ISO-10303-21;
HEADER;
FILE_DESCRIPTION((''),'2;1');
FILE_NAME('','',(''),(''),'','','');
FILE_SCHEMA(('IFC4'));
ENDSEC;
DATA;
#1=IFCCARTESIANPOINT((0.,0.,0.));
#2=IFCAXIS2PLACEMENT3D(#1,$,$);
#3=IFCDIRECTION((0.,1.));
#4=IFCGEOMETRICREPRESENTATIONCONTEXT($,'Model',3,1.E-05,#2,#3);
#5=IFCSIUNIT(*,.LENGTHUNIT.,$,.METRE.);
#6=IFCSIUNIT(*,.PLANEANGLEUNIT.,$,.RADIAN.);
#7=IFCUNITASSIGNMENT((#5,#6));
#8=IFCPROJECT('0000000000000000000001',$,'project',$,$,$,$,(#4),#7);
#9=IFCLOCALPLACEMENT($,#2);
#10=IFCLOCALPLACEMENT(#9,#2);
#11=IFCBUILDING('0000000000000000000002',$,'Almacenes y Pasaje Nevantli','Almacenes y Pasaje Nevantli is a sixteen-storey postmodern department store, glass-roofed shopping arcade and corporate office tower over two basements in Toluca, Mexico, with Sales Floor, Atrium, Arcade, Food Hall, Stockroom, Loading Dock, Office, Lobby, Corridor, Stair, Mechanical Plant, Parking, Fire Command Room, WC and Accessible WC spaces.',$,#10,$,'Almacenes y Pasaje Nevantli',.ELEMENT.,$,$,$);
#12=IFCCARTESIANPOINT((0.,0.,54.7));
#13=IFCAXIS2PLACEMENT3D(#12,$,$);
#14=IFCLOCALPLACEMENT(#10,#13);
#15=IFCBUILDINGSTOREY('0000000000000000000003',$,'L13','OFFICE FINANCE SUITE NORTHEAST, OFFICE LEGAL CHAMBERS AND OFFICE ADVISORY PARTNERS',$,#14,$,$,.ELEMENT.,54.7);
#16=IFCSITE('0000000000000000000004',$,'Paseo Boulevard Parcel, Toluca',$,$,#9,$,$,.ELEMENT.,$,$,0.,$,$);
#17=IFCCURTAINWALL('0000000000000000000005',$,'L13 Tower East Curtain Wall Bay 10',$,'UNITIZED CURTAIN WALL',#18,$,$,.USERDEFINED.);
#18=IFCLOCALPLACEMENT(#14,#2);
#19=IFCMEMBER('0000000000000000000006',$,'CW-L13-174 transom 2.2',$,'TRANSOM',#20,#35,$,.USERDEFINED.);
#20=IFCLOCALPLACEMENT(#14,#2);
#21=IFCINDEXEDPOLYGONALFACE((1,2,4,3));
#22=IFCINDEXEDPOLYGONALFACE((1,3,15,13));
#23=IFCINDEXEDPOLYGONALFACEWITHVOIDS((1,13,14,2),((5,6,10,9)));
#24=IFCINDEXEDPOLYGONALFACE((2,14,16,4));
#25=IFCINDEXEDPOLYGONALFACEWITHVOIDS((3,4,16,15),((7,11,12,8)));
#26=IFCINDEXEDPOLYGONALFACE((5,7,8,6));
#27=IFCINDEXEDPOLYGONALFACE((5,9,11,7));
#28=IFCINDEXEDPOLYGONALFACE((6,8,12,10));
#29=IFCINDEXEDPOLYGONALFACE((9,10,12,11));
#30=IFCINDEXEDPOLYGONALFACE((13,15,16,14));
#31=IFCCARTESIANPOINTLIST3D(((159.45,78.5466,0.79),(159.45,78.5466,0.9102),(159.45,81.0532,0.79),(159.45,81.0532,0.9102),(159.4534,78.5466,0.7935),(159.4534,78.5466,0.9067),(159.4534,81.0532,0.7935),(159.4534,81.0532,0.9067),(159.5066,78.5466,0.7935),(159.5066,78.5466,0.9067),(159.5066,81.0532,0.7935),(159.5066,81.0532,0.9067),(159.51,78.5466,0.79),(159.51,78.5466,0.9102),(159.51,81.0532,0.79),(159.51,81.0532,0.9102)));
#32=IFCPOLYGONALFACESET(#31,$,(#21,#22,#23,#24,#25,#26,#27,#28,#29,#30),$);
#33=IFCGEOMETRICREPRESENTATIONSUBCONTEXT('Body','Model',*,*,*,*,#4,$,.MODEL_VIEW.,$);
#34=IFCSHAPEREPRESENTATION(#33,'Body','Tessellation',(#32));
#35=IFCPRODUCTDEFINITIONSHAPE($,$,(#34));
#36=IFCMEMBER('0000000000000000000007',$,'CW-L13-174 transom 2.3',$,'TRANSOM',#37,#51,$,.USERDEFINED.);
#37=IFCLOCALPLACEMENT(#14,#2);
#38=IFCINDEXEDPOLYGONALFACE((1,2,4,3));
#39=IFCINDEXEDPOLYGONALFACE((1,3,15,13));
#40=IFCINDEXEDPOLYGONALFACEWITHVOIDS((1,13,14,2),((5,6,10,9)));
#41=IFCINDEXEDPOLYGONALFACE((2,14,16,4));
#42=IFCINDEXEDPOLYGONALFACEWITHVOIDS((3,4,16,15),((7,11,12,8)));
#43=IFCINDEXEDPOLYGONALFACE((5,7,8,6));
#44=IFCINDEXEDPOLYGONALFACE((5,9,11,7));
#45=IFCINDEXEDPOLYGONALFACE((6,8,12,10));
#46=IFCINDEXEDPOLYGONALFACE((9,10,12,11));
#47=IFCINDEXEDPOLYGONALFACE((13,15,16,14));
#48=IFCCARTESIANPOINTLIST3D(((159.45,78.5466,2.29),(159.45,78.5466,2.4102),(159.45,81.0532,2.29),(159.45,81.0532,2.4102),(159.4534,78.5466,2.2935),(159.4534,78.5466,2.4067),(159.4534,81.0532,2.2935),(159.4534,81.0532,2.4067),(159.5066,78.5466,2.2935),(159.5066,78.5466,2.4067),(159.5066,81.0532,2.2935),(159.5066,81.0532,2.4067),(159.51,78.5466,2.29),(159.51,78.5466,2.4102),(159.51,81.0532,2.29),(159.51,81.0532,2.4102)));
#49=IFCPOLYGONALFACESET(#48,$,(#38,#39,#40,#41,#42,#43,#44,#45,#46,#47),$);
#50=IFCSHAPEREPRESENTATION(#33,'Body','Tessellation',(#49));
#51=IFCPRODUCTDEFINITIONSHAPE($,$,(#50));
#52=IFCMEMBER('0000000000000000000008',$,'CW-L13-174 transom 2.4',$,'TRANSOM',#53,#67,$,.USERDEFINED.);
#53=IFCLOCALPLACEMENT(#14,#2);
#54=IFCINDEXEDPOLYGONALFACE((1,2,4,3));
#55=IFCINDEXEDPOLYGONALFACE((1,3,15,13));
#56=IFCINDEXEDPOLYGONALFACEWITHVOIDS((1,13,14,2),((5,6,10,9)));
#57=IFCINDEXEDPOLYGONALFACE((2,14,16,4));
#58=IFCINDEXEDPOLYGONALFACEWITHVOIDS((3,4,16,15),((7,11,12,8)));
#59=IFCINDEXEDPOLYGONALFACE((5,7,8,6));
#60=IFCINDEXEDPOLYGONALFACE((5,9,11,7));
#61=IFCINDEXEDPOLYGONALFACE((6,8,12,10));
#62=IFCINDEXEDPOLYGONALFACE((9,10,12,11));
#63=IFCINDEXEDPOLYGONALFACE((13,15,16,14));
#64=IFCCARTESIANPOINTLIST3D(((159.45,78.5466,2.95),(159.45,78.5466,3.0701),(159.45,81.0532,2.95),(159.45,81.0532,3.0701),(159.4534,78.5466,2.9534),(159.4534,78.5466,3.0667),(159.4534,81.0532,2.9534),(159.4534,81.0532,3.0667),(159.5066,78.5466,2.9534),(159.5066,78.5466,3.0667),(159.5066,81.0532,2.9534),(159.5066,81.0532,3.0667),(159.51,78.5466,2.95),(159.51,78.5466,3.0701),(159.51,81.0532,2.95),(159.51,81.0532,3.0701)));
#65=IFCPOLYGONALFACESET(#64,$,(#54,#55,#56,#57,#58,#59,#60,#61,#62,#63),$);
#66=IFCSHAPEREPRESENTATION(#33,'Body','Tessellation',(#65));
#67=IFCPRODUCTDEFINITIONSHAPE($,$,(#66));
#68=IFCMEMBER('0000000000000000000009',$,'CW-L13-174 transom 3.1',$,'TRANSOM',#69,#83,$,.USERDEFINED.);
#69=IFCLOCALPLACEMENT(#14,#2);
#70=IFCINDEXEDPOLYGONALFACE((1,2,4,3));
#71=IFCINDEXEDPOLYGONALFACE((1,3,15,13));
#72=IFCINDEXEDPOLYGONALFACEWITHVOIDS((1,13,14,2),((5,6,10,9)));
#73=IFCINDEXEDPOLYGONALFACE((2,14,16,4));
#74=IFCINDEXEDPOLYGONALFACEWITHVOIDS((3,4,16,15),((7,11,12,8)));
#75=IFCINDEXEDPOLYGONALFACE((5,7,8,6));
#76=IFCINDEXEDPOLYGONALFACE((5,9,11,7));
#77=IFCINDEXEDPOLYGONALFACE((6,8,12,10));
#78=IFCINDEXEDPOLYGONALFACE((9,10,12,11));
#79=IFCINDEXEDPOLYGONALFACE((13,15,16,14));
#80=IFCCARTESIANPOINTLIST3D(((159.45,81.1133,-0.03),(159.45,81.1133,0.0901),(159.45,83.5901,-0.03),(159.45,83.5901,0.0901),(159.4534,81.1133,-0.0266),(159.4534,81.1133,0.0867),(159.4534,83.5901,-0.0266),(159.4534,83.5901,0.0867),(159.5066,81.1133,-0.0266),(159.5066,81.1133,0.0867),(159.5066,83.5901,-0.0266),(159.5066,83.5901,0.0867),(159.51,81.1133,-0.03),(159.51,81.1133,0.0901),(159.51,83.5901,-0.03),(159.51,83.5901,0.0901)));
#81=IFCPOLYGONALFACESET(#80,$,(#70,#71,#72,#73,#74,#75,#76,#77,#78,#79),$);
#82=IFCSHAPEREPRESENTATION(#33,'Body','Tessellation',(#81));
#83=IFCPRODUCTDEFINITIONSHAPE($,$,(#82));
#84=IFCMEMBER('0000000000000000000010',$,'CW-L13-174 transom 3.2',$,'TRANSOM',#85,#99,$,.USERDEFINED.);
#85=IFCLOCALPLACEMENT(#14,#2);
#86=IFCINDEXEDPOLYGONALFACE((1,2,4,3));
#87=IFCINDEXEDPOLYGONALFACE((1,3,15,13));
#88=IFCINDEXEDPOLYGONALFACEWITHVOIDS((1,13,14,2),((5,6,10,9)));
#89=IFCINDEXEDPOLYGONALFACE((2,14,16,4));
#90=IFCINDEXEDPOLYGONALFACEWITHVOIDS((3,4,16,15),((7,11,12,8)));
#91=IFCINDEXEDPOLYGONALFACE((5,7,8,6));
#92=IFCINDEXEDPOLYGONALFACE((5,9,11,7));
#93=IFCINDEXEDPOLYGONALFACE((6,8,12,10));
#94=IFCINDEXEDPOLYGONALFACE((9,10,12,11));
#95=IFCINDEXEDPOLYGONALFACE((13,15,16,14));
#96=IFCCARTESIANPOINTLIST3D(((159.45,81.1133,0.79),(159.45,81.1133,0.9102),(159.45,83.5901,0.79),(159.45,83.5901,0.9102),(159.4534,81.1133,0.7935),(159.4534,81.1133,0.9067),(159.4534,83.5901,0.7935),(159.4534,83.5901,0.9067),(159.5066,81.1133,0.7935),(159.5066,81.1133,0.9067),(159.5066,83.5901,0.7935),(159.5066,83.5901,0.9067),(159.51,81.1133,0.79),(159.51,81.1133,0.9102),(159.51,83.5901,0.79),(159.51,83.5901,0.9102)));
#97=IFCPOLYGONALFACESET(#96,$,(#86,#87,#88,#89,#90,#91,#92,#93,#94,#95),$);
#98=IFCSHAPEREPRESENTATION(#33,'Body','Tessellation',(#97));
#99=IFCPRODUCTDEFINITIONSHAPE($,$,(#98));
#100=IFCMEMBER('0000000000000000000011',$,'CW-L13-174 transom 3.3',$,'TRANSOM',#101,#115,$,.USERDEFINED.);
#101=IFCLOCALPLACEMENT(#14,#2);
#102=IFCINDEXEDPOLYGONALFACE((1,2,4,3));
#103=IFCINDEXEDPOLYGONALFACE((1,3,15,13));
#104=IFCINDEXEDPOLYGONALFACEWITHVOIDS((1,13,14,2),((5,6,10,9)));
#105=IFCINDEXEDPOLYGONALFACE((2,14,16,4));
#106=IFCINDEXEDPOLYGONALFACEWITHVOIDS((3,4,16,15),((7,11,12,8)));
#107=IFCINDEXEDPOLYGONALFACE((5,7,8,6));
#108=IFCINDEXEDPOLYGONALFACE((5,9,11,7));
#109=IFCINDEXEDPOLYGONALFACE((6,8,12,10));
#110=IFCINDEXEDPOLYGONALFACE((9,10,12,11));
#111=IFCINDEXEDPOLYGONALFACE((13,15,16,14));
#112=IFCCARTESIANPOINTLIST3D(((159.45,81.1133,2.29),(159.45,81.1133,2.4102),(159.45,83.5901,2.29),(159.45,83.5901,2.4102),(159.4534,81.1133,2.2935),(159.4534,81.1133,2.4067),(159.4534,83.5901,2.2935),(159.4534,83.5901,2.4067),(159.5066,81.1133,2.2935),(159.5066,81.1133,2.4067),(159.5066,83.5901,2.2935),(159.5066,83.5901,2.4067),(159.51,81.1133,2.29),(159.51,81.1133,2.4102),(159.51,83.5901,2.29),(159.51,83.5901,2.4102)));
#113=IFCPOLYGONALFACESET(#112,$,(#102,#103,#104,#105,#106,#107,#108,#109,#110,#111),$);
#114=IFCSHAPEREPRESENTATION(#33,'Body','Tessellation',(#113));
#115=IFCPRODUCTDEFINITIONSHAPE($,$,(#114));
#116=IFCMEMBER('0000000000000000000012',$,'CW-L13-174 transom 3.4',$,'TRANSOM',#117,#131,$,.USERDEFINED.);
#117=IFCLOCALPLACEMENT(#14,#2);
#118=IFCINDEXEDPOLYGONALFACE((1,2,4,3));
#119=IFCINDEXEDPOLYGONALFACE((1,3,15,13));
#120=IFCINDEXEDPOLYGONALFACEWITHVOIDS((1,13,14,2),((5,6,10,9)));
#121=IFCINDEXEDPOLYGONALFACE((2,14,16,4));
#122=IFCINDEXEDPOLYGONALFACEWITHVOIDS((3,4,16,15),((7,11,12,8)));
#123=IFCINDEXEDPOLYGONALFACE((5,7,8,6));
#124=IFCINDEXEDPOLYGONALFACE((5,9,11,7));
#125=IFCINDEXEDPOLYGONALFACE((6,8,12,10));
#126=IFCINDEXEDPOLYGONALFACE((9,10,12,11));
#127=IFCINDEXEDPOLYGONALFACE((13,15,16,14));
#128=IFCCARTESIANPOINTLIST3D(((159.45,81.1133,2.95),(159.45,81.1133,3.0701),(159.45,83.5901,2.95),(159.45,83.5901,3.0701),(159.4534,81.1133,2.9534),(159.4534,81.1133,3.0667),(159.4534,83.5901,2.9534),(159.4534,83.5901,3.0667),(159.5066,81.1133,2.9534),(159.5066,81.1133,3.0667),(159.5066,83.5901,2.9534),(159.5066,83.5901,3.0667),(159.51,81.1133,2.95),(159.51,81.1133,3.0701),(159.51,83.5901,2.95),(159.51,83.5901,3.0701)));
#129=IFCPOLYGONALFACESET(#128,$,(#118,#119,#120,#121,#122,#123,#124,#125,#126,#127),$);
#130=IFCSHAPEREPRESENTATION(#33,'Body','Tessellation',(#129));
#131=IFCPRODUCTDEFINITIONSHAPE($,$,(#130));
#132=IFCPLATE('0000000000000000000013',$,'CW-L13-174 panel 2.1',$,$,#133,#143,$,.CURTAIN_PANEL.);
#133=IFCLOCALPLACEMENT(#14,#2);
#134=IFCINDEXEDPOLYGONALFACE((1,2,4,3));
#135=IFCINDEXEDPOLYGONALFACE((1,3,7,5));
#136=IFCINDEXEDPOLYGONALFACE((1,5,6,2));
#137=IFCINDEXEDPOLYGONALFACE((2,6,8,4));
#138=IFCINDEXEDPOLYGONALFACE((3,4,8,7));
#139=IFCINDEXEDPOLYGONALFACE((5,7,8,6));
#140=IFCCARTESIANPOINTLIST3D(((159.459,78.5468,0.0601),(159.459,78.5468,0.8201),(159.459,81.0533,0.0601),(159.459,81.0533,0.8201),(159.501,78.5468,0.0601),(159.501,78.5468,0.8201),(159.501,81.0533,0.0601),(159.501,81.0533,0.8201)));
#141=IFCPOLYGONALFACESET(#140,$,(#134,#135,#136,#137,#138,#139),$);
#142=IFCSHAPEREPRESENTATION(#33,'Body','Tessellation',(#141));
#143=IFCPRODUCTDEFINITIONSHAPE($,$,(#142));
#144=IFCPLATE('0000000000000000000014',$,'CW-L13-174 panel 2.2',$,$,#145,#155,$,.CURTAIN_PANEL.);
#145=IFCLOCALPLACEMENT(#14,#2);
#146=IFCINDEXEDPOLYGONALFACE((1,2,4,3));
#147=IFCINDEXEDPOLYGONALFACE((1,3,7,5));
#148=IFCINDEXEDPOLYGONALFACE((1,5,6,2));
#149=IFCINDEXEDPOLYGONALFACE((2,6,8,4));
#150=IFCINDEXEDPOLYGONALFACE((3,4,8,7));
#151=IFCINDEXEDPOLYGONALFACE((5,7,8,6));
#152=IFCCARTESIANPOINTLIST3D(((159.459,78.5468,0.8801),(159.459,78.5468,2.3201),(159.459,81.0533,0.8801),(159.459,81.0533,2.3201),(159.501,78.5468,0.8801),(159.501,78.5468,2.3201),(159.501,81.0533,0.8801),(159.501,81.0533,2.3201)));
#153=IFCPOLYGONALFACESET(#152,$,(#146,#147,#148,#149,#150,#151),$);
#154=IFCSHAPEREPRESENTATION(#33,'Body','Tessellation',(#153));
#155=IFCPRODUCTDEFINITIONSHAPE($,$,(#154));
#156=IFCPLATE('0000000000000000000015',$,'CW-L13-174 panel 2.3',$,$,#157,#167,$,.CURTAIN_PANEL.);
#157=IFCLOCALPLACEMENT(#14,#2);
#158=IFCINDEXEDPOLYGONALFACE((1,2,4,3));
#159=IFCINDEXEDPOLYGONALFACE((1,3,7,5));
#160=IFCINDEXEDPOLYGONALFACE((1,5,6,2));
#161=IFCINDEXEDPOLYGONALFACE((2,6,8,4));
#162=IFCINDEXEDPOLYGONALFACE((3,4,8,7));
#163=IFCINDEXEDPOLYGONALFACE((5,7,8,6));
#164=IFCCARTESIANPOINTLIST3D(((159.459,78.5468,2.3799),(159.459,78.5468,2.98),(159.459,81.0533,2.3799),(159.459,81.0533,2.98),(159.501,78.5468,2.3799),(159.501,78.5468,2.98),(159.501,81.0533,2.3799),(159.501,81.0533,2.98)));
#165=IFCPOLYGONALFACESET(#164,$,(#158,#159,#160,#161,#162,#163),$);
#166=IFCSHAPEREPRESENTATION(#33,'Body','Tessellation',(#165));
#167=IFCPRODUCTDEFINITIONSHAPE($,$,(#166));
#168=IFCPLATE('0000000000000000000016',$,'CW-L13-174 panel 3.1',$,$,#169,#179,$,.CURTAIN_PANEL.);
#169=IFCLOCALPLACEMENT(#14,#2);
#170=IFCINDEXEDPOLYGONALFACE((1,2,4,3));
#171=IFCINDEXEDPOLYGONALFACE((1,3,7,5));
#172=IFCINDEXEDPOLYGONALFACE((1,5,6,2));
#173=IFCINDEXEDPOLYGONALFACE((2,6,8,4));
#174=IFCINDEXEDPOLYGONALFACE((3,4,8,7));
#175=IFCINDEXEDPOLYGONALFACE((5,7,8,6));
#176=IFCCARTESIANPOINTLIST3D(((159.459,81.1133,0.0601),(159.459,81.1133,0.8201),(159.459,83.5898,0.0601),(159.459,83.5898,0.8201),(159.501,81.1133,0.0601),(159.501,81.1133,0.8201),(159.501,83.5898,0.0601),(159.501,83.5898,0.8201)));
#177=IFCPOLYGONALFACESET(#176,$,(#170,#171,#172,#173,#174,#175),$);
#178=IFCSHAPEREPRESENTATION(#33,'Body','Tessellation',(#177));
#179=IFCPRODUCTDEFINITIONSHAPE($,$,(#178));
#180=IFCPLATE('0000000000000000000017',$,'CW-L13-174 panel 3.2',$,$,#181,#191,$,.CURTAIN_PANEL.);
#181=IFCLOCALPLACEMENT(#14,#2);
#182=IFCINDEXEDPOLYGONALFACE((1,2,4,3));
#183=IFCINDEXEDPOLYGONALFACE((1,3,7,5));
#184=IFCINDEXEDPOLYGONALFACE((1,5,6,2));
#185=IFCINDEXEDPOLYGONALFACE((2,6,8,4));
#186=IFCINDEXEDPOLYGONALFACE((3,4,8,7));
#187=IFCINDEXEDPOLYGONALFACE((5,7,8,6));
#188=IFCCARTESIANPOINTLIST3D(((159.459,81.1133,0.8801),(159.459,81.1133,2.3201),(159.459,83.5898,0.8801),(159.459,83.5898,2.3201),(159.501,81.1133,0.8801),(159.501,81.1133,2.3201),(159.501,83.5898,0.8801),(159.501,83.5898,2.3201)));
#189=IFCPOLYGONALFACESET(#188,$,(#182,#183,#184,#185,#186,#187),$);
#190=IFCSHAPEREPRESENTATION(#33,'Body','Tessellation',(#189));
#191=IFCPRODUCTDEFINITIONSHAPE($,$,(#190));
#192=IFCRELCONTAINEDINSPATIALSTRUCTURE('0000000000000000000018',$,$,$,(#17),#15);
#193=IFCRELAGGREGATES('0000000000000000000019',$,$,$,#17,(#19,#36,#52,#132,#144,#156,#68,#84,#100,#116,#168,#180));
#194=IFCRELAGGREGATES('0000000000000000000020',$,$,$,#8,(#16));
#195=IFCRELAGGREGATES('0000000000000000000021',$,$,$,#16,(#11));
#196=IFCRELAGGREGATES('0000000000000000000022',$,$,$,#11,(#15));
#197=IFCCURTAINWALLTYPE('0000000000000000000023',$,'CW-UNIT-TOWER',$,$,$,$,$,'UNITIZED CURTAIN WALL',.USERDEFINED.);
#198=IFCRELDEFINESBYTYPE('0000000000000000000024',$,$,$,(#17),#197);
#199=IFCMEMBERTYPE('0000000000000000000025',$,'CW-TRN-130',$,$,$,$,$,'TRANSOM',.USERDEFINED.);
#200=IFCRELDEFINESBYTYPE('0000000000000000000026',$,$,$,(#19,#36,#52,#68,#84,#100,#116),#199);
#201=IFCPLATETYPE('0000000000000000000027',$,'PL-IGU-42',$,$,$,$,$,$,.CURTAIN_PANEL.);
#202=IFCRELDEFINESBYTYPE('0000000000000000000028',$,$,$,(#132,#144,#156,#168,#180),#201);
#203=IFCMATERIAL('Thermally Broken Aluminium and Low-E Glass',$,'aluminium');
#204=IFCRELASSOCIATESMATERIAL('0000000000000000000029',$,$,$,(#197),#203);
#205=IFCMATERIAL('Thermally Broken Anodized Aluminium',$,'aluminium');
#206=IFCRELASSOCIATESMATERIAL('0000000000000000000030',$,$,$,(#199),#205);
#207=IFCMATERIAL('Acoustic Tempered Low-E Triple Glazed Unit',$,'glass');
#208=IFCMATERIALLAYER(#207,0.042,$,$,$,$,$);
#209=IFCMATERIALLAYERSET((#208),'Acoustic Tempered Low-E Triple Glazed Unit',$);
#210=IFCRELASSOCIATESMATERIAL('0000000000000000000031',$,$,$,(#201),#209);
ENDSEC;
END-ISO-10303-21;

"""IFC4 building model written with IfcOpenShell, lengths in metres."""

from ifc_helpers import new_model, si_unit, direction, frame, origin, origin_2d, place, context, subcontext, project, spatial, rectangle, hollow_rectangle, extrude, material, layer, layer_set, material_profile, profile_set, type_object, element, aggregate, save


model = new_model("IFC4")

# Units and contexts
model_context = context("Model", 3, precision=1e-05, world=origin(), true_north=direction((0.0, 1.0)))
body_context = subcontext(model_context, "Body", "Model", "MODEL_VIEW")
ifc_project = project(units=[si_unit("LENGTHUNIT", "METRE"), si_unit("PLANEANGLEUNIT", "RADIAN")], contexts=[model_context])

# Site, building, storey
site_placement = place(None, origin())
site = spatial("IfcSite", under=ifc_project, at=site_placement, Name="Paseo Boulevard Parcel, Toluca", CompositionType="ELEMENT", RefElevation=0.0)
building_placement = place(site_placement, origin())
building = spatial("IfcBuilding", under=site, at=building_placement, Name="Almacenes y Pasaje Nevantli", Description="Almacenes y Pasaje Nevantli is a sixteen-storey postmodern department store, glass-roofed shopping arcade and corporate office tower over two basements in Toluca, Mexico, with Sales Floor, Atrium, Arcade, Food Hall, Stockroom, Loading Dock, Office, Lobby, Corridor, Stair, Mechanical Plant, Parking, Fire Command Room, WC and Accessible WC spaces.", LongName="Almacenes y Pasaje Nevantli", CompositionType="ELEMENT")
storey_placement = place(building_placement, frame((0.0, 0.0, 54.7)))
storey = spatial("IfcBuildingStorey", under=building, at=storey_placement, Name="L13", Description="OFFICE FINANCE SUITE NORTHEAST, OFFICE LEGAL CHAMBERS AND OFFICE ADVISORY PARTNERS", CompositionType="ELEMENT", Elevation=54.7)

# Curtain wall, members, plates
ifc_material_1 = material(Name="Thermally Broken Aluminium and Low-E Glass", Category="aluminium")
curtain_wall_type = type_object("IfcCurtainWallType", Name="CW-UNIT-TOWER", ElementType="UNITIZED CURTAIN WALL", PredefinedType="USERDEFINED", material=ifc_material_1)
curtain_wall_placement = place(storey_placement, origin())
curtain_wall = element("IfcCurtainWall", 1, at=curtain_wall_placement, inside=storey, type_object=curtain_wall_type, Name="L13 Tower East Curtain Wall Bay 10", ObjectType="UNITIZED CURTAIN WALL", PredefinedType="USERDEFINED")
ifc_material_2 = material(Name="Thermally Broken Anodized Aluminium", Category="aluminium")
ifc_material_profile_1 = material_profile(ifc_material_2, hollow_rectangle(XDim=0.0601, YDim=0.1201, WallThickness=0.0034, at=origin_2d()), Name="ALU-TRN-60x120")
ifc_profile_set_1 = profile_set([ifc_material_profile_1], Name="Thermally Broken Anodized Aluminium")
member_type_1 = type_object("IfcMemberType", Name="CW-TRN-130", ElementType="TRANSOM", PredefinedType="USERDEFINED", material=ifc_profile_set_1)
member_1_placement = place(storey_placement, frame((159.48, 78.5466, 0.8501), z_axis=(0.0, 1.0, 0.0), x_axis=(-1.0, 0.0, 0.0)))
member_1 = element("IfcMember", 2, at=member_1_placement, type_object=member_type_1, Name="CW-L13-174 transom 2.2", ObjectType="TRANSOM", PredefinedType="USERDEFINED", context=body_context, shape_type="SweptSolid", body=[
    extrude(hollow_rectangle(XDim=0.0601, YDim=0.1201, WallThickness=0.0034, at=origin_2d()), origin(), (0.0, 0.0, 1.0), 2.5066),
])
member_2_placement = place(storey_placement, frame((159.48, 78.5466, 2.3501), z_axis=(0.0, 1.0, 0.0), x_axis=(-1.0, 0.0, 0.0)))
member_2 = element("IfcMember", 3, at=member_2_placement, type_object=member_type_1, Name="CW-L13-174 transom 2.3", ObjectType="TRANSOM", PredefinedType="USERDEFINED", context=body_context, shape_type="SweptSolid", body=[
    extrude(hollow_rectangle(XDim=0.0601, YDim=0.1201, WallThickness=0.0034, at=origin_2d()), origin(), (0.0, 0.0, 1.0), 2.5066),
])
member_3_placement = place(storey_placement, frame((159.48, 78.5466, 3.01), z_axis=(0.0, 1.0, 0.0), x_axis=(-1.0, 0.0, 0.0)))
member_3 = element("IfcMember", 4, at=member_3_placement, type_object=member_type_1, Name="CW-L13-174 transom 2.4", ObjectType="TRANSOM", PredefinedType="USERDEFINED", context=body_context, shape_type="SweptSolid", body=[
    extrude(hollow_rectangle(XDim=0.0601, YDim=0.1201, WallThickness=0.0034, at=origin_2d()), origin(), (0.0, 0.0, 1.0), 2.5066),
])
member_4_placement = place(storey_placement, frame((159.48, 81.1133, 0.03), z_axis=(0.0, 1.0, 0.0), x_axis=(-1.0, 0.0, 0.0)))
member_4 = element("IfcMember", 5, at=member_4_placement, type_object=member_type_1, Name="CW-L13-174 transom 3.1", ObjectType="TRANSOM", PredefinedType="USERDEFINED", context=body_context, shape_type="SweptSolid", body=[
    extrude(hollow_rectangle(XDim=0.0601, YDim=0.1201, WallThickness=0.0034, at=origin_2d()), origin(), (0.0, 0.0, 1.0), 2.4768),
])
member_5_placement = place(storey_placement, frame((159.48, 81.1133, 0.8501), z_axis=(0.0, 1.0, 0.0), x_axis=(-1.0, 0.0, 0.0)))
member_5 = element("IfcMember", 6, at=member_5_placement, type_object=member_type_1, Name="CW-L13-174 transom 3.2", ObjectType="TRANSOM", PredefinedType="USERDEFINED", context=body_context, shape_type="SweptSolid", body=[
    extrude(hollow_rectangle(XDim=0.0601, YDim=0.1201, WallThickness=0.0034, at=origin_2d()), origin(), (0.0, 0.0, 1.0), 2.4768),
])
member_6_placement = place(storey_placement, frame((159.48, 81.1133, 2.3501), z_axis=(0.0, 1.0, 0.0), x_axis=(-1.0, 0.0, 0.0)))
member_6 = element("IfcMember", 7, at=member_6_placement, type_object=member_type_1, Name="CW-L13-174 transom 3.3", ObjectType="TRANSOM", PredefinedType="USERDEFINED", context=body_context, shape_type="SweptSolid", body=[
    extrude(hollow_rectangle(XDim=0.0601, YDim=0.1201, WallThickness=0.0034, at=origin_2d()), origin(), (0.0, 0.0, 1.0), 2.4768),
])
member_7_placement = place(storey_placement, frame((159.48, 81.1133, 3.01), z_axis=(0.0, 1.0, 0.0), x_axis=(-1.0, 0.0, 0.0)))
member_7 = element("IfcMember", 8, at=member_7_placement, type_object=member_type_1, Name="CW-L13-174 transom 3.4", ObjectType="TRANSOM", PredefinedType="USERDEFINED", context=body_context, shape_type="SweptSolid", body=[
    extrude(hollow_rectangle(XDim=0.0601, YDim=0.1201, WallThickness=0.0034, at=origin_2d()), origin(), (0.0, 0.0, 1.0), 2.4768),
])
ifc_material_3 = material(Name="Acoustic Tempered Low-E Triple Glazed Unit", Category="glass")
ifc_layer_1 = layer(ifc_material_3, 0.042)
ifc_layer_set_1 = layer_set([ifc_layer_1], Name="Acoustic Tempered Low-E Triple Glazed Unit")
plate_type = type_object("IfcPlateType", Name="PL-IGU-42", PredefinedType="CURTAIN_PANEL", material=ifc_layer_set_1)
plate_1_placement = place(storey_placement, frame((159.48, 79.8, 0.0601), z_axis=(0.0, 0.0, 1.0), x_axis=(0.0, 1.0, 0.0)))
plate_1 = element("IfcPlate", 9, at=plate_1_placement, type_object=plate_type, Name="CW-L13-174 panel 2.1", PredefinedType="CURTAIN_PANEL", context=body_context, shape_type="SweptSolid", body=[
    extrude(rectangle(XDim=2.5066, YDim=0.042, at=origin_2d()), origin(), (0.0, 0.0, 1.0), 0.76),
])
plate_2_placement = place(storey_placement, frame((159.48, 79.8, 0.8801), z_axis=(0.0, 0.0, 1.0), x_axis=(0.0, 1.0, 0.0)))
plate_2 = element("IfcPlate", 10, at=plate_2_placement, type_object=plate_type, Name="CW-L13-174 panel 2.2", PredefinedType="CURTAIN_PANEL", context=body_context, shape_type="SweptSolid", body=[
    extrude(rectangle(XDim=2.5066, YDim=0.042, at=origin_2d()), origin(), (0.0, 0.0, 1.0), 1.4399),
])
plate_3_placement = place(storey_placement, frame((159.48, 79.8, 2.3799), z_axis=(0.0, 0.0, 1.0), x_axis=(0.0, 1.0, 0.0)))
plate_3 = element("IfcPlate", 11, at=plate_3_placement, type_object=plate_type, Name="CW-L13-174 panel 2.3", PredefinedType="CURTAIN_PANEL", context=body_context, shape_type="SweptSolid", body=[
    extrude(rectangle(XDim=2.5066, YDim=0.042, at=origin_2d()), origin(), (0.0, 0.0, 1.0), 0.6001),
])
plate_4_placement = place(storey_placement, frame((159.48, 82.3516, 0.0601), z_axis=(0.0, 0.0, 1.0), x_axis=(0.0, 1.0, 0.0)))
plate_4 = element("IfcPlate", 12, at=plate_4_placement, type_object=plate_type, Name="CW-L13-174 panel 3.1", PredefinedType="CURTAIN_PANEL", context=body_context, shape_type="SweptSolid", body=[
    extrude(rectangle(XDim=2.4766, YDim=0.042, at=origin_2d()), origin(), (0.0, 0.0, 1.0), 0.76),
])
plate_5_placement = place(storey_placement, frame((159.48, 82.3516, 0.8801), z_axis=(0.0, 0.0, 1.0), x_axis=(0.0, 1.0, 0.0)))
plate_5 = element("IfcPlate", 13, at=plate_5_placement, type_object=plate_type, Name="CW-L13-174 panel 3.2", PredefinedType="CURTAIN_PANEL", context=body_context, shape_type="SweptSolid", body=[
    extrude(rectangle(XDim=2.4766, YDim=0.042, at=origin_2d()), origin(), (0.0, 0.0, 1.0), 1.4399),
])
aggregate(curtain_wall, [member_1, member_2, member_3, plate_1, plate_2, plate_3, member_4, member_5, member_6, member_7, plate_4, plate_5])

save(model, "model.ifc")
